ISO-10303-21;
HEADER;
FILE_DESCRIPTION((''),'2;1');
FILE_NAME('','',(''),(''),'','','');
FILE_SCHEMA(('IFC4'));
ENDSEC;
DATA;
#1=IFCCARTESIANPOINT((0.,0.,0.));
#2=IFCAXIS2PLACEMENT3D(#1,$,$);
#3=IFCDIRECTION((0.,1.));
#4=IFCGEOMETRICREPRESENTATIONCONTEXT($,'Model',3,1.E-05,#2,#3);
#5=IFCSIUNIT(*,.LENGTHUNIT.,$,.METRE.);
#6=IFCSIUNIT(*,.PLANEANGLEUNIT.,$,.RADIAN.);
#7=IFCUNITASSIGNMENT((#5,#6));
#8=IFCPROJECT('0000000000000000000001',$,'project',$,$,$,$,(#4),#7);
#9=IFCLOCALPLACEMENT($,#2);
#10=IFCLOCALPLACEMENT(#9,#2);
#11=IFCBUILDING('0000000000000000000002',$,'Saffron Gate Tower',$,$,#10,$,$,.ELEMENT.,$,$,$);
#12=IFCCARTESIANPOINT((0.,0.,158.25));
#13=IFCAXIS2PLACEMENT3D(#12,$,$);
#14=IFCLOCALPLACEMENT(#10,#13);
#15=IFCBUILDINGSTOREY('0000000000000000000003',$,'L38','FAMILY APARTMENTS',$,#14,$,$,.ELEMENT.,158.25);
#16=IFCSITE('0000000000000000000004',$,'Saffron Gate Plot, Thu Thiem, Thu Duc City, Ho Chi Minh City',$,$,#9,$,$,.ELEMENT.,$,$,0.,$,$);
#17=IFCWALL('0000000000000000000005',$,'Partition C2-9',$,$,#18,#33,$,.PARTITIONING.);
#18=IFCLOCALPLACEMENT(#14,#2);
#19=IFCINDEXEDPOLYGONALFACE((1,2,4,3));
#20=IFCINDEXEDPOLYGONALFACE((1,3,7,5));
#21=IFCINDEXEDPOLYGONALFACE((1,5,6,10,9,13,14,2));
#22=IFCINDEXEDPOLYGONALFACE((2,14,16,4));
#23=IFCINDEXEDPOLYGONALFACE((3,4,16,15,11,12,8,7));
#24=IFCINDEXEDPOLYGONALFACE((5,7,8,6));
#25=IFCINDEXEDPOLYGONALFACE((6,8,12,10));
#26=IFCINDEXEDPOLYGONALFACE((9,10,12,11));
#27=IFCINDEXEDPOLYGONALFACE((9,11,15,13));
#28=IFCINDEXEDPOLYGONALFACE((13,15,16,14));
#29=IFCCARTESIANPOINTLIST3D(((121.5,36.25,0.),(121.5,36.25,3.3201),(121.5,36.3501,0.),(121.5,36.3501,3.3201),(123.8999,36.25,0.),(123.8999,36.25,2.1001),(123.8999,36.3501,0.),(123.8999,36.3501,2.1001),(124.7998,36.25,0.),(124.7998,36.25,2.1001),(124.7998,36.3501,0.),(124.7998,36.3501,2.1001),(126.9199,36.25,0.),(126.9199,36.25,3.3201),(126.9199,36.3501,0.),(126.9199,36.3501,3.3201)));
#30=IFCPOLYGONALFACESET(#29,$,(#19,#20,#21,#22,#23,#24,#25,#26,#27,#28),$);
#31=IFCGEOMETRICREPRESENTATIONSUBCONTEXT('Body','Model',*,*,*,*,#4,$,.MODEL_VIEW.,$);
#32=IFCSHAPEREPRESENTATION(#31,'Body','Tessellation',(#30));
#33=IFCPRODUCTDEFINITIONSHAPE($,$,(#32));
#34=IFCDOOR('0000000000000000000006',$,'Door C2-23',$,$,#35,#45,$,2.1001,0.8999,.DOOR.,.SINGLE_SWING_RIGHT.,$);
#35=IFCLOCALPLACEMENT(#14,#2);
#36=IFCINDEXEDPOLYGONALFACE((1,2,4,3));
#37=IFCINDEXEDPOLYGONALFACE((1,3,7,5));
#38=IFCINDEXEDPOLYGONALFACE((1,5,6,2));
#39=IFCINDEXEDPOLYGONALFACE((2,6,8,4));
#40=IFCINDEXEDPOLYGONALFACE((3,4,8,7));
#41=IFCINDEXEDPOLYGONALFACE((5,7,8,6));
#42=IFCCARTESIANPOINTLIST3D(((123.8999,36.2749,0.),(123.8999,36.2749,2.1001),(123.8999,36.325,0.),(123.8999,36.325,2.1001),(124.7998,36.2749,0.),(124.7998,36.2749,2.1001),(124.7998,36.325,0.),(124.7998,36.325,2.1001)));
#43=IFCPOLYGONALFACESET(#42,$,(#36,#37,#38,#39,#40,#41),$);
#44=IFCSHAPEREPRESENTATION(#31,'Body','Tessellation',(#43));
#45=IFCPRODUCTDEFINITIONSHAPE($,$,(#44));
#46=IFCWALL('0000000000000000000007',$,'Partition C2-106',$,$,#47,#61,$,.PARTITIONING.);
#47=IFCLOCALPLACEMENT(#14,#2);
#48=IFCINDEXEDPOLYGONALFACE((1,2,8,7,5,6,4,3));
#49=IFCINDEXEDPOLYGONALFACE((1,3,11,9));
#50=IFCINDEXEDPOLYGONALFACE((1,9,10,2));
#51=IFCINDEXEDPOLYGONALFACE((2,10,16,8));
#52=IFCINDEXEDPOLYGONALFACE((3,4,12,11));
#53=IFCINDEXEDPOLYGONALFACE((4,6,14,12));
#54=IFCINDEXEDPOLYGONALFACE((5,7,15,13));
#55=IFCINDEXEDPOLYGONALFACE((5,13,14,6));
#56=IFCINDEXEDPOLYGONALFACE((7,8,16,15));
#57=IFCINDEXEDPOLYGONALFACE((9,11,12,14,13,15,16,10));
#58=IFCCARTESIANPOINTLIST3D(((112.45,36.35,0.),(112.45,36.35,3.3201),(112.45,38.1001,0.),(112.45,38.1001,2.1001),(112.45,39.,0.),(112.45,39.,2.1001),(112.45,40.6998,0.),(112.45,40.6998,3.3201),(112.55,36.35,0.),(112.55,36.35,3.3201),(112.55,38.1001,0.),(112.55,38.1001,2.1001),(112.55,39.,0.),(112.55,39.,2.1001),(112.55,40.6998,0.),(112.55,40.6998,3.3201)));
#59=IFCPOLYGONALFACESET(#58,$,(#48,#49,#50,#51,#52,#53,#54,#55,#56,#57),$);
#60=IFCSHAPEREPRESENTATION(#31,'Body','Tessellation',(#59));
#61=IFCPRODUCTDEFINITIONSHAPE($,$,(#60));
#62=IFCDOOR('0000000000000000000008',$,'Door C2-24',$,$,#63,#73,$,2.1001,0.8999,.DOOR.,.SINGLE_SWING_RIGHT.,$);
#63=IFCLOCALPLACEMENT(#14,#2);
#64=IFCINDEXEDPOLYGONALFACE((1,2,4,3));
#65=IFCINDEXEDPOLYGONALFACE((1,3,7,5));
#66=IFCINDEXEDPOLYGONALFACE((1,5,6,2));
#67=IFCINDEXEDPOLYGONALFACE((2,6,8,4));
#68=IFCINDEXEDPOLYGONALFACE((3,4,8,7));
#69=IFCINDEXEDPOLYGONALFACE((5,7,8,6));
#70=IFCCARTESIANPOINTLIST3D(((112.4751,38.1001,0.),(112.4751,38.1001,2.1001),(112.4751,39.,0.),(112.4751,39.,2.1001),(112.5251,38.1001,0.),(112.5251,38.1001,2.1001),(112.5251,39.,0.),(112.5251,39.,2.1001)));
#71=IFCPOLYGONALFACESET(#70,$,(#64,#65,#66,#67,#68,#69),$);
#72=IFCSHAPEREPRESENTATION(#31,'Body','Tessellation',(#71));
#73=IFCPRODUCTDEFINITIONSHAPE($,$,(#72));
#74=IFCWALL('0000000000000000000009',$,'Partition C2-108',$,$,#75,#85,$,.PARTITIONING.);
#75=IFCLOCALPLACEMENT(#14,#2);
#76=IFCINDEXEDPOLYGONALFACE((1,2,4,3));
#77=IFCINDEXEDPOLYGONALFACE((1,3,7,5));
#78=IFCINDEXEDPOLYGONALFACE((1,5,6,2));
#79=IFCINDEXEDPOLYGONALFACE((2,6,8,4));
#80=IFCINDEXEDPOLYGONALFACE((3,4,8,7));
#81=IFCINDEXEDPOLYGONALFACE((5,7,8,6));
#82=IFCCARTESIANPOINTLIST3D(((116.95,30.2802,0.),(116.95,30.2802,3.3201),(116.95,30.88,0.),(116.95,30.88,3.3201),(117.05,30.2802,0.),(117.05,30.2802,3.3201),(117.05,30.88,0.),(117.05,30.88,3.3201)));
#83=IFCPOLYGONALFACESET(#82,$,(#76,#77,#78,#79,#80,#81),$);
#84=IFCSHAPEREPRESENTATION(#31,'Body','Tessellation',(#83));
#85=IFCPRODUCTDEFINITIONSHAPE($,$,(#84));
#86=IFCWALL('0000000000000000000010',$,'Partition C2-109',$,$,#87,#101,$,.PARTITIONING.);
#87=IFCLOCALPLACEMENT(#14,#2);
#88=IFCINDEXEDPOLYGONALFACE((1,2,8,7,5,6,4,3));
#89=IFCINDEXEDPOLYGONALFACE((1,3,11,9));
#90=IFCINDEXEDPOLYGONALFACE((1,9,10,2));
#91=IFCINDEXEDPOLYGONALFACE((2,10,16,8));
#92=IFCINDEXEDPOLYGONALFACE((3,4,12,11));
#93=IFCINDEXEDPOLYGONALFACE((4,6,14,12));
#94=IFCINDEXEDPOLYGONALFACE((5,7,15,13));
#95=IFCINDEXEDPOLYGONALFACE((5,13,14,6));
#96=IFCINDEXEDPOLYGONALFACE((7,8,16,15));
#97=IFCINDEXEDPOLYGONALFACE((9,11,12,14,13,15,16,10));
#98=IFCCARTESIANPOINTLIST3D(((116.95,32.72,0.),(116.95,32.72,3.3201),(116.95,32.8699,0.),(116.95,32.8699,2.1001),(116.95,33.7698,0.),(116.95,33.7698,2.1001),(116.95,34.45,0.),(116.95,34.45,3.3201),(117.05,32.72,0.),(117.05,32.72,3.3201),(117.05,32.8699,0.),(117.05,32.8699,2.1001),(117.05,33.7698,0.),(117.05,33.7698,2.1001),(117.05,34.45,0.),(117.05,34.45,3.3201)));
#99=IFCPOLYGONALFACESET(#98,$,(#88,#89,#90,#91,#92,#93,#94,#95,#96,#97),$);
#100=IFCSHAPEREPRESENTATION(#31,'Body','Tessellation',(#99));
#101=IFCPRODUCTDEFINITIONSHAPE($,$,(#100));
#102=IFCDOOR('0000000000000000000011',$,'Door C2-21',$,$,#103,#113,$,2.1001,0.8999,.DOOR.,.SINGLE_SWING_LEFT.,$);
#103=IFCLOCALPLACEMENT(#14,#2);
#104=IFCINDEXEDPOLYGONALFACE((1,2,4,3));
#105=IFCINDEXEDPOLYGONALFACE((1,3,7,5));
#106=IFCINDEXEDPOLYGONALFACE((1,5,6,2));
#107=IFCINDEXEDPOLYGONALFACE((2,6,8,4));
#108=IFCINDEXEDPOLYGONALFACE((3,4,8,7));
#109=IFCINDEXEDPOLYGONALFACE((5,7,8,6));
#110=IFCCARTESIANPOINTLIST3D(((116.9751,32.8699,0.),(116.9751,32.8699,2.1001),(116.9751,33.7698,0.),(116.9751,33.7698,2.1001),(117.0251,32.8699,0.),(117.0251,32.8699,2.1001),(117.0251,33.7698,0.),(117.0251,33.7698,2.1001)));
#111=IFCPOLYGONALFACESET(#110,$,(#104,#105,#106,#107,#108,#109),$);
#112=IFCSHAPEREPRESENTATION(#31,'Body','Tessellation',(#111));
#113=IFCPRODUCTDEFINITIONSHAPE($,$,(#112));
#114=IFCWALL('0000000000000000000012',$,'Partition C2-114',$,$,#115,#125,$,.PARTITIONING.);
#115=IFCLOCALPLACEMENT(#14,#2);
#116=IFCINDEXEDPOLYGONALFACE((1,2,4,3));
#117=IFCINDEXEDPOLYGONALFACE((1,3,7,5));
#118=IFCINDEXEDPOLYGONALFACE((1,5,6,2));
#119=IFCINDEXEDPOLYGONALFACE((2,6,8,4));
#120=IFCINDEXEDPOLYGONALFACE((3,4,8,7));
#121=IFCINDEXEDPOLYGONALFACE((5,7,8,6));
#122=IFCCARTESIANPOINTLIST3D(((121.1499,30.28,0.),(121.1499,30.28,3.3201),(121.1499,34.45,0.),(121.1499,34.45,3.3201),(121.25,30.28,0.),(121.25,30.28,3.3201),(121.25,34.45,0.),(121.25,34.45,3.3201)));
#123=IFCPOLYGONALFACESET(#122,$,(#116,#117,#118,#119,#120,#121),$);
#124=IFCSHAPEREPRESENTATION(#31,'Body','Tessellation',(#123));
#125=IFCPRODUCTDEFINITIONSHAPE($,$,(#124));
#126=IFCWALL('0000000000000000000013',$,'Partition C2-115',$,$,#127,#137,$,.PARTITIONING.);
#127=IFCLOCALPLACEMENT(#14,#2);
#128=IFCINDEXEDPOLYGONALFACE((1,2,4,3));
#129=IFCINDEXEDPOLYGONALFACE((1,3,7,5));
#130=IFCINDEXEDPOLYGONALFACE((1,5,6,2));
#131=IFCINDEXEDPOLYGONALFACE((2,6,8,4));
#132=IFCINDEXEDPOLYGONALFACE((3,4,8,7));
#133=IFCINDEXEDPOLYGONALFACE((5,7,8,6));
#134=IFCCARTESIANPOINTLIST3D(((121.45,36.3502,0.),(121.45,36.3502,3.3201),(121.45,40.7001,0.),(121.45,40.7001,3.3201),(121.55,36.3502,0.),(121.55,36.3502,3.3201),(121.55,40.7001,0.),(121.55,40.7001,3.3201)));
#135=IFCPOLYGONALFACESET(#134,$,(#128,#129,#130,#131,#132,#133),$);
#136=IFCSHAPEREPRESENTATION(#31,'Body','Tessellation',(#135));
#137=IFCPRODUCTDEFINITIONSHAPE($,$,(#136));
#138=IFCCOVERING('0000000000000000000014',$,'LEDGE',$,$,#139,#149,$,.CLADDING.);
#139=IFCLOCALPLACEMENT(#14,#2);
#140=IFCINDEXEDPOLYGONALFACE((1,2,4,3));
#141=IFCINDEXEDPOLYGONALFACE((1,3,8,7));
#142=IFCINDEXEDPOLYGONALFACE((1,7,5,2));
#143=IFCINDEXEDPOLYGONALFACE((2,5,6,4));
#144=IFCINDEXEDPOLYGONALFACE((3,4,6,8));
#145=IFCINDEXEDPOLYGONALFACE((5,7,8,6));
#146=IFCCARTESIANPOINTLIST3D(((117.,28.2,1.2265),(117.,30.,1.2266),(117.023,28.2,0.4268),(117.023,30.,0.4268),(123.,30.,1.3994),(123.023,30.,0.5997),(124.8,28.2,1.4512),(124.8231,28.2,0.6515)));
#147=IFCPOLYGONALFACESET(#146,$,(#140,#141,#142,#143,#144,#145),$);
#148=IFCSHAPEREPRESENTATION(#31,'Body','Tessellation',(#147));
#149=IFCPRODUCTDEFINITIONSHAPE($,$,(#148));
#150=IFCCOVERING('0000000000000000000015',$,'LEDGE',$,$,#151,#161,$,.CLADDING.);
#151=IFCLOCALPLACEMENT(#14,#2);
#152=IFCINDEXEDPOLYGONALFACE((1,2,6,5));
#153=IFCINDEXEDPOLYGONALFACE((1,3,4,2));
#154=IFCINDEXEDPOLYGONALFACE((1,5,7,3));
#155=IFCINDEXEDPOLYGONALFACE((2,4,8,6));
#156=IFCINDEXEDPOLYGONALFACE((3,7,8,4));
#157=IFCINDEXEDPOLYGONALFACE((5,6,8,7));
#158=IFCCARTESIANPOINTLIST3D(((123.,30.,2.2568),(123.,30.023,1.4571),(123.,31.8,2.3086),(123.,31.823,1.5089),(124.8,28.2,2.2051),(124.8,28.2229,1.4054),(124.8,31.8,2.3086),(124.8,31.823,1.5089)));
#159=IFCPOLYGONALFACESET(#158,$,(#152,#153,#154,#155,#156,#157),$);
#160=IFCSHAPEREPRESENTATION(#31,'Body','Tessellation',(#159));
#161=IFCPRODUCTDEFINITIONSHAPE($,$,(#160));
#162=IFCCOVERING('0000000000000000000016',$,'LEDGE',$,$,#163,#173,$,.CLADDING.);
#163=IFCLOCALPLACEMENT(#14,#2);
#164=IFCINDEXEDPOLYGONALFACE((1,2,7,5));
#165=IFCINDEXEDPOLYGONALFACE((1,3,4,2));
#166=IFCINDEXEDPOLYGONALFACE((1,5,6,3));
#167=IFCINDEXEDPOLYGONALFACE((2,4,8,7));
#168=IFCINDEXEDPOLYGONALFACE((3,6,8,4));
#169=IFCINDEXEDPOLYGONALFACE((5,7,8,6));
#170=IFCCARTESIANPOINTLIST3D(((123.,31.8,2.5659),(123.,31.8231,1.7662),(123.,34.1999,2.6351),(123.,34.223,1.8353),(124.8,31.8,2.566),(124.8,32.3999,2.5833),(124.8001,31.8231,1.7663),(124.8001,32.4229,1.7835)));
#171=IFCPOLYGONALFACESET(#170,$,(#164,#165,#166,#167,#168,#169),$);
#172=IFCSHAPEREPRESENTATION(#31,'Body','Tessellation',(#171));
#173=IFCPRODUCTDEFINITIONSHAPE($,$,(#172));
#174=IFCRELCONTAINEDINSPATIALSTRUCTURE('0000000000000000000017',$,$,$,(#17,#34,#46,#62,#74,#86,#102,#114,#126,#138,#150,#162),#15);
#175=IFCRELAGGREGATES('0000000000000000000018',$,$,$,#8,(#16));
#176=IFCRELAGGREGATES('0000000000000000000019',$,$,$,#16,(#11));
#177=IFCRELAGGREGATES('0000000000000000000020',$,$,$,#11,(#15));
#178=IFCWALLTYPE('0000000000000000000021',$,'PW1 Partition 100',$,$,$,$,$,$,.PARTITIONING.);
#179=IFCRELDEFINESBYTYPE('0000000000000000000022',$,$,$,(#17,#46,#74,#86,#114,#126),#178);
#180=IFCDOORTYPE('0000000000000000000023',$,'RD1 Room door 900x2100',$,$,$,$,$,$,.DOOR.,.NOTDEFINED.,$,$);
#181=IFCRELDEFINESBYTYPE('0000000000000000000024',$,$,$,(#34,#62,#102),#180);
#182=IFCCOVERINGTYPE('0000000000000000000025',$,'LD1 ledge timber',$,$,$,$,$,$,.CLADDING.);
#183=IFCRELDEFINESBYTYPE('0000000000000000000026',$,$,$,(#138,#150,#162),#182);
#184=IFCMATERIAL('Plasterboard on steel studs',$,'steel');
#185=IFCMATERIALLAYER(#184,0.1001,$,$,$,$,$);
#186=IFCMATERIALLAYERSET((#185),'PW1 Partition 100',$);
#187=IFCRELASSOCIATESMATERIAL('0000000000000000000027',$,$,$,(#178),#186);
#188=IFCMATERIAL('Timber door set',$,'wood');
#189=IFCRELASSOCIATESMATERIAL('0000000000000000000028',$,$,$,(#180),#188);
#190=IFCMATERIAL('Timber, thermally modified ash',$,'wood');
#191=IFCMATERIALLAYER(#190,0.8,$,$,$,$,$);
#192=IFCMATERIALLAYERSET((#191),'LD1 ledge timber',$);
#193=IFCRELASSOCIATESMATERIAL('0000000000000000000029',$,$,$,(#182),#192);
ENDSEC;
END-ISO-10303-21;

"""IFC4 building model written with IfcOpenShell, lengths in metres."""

from ifc_helpers import new_model, si_unit, direction, frame, frame_2d, origin, place, context, subcontext, project, spatial, polyline, rectangle, outline, extrude, material, layer, layer_set, type_object, element, fill, save


model = new_model("IFC4")

# Units and contexts
model_context = context("Model", 3, precision=1e-05, world=origin(), true_north=direction((0.0, 1.0)))
body_context = subcontext(model_context, "Body", "Model", "MODEL_VIEW")
ifc_project = project(units=[si_unit("LENGTHUNIT", "METRE"), si_unit("PLANEANGLEUNIT", "RADIAN")], contexts=[model_context])

# Site, building, storey
site_placement = place(None, origin())
site = spatial("IfcSite", under=ifc_project, at=site_placement, Name="Saffron Gate Plot, Thu Thiem, Thu Duc City, Ho Chi Minh City", CompositionType="ELEMENT", RefElevation=0.0)
building_placement = place(site_placement, origin())
building = spatial("IfcBuilding", under=site, at=building_placement, Name="Saffron Gate Tower", CompositionType="ELEMENT")
storey_placement = place(building_placement, frame((0.0, 0.0, 158.25)))
storey = spatial("IfcBuildingStorey", under=building, at=storey_placement, Name="L38", Description="FAMILY APARTMENTS", CompositionType="ELEMENT", Elevation=158.25)

# Walls, openings, doors
ifc_material_1 = material(Name="Plasterboard on steel studs", Category="steel")
ifc_layer_1 = layer(ifc_material_1, 0.1001)
ifc_layer_set_1 = layer_set([ifc_layer_1], Name="PW1 Partition 100")
wall_type = type_object("IfcWallType", Name="PW1 Partition 100", PredefinedType="PARTITIONING", material=ifc_layer_set_1)
ifc_material_2 = material(Name="Timber door set", Category="wood")
door_type = type_object("IfcDoorType", Name="RD1 Room door 900x2100", OperationType="NOTDEFINED", PredefinedType="DOOR", material=ifc_material_2)
wall_1_placement = place(storey_placement, frame((121.5, 36.3, 0.0), z_axis=(0.0, 0.0, 1.0), x_axis=(1.0, 0.0, 0.0)))
wall_1 = element("IfcWall", 1, at=wall_1_placement, inside=storey, type_object=wall_type, Name="Partition C2-9", PredefinedType="PARTITIONING", context=body_context, shape_type="SweptSolid", body=[
    extrude(rectangle(XDim=5.4199, YDim=0.1001, at=frame_2d((2.71, 0.0))), origin(), (0.0, 0.0, 1.0), 3.3201),
])
opening_1_placement = place(wall_1_placement, frame((2.3999, 0.0, 0.0)))
opening_1 = element("IfcOpeningElement", 2, at=opening_1_placement, cuts=wall_1, PredefinedType="OPENING", context=body_context, shape_type="SweptSolid", body=[
    extrude(rectangle(XDim=0.8999, YDim=2.1001, at=frame_2d((0.45, 1.05))), frame((0.0, 0.0601, 0.0), z_axis=(0.0, -1.0, 0.0), x_axis=(1.0, 0.0, 0.0)), (0.0, 0.0, 1.0), 0.1201),
])
door_1_placement = place(opening_1_placement, origin())
door_1 = element("IfcDoor", 3, at=door_1_placement, inside=storey, type_object=door_type, Name="Door C2-23", OperationType="SINGLE_SWING_RIGHT", OverallHeight=2.1001, OverallWidth=0.8999, PredefinedType="DOOR", context=body_context, shape_type="SweptSolid", body=[
    extrude(rectangle(XDim=0.8999, YDim=2.1001, at=frame_2d((0.45, 1.05))), frame((0.0, 0.0249, 0.0), z_axis=(0.0, -1.0, 0.0), x_axis=(1.0, 0.0, 0.0)), (0.0, 0.0, 1.0), 0.05),
])
fill(opening_1, door_1)
wall_2_placement = place(storey_placement, frame((112.5, 36.3501, 0.0), z_axis=(0.0, 0.0, 1.0), x_axis=(0.0, 1.0, 0.0)))
wall_2 = element("IfcWall", 4, at=wall_2_placement, inside=storey, type_object=wall_type, Name="Partition C2-106", PredefinedType="PARTITIONING", context=body_context, shape_type="SweptSolid", body=[
    extrude(rectangle(XDim=4.3499, YDim=0.1001, at=frame_2d((2.1748, 0.0))), origin(), (0.0, 0.0, 1.0), 3.3201),
])
opening_2_placement = place(wall_2_placement, frame((1.75, 0.0, 0.0)))
opening_2 = element("IfcOpeningElement", 5, at=opening_2_placement, cuts=wall_2, PredefinedType="OPENING", context=body_context, shape_type="SweptSolid", body=[
    extrude(rectangle(XDim=0.8999, YDim=2.1001, at=frame_2d((0.45, 1.05))), frame((0.0, 0.0601, 0.0), z_axis=(0.0, -1.0, 0.0), x_axis=(1.0, 0.0, 0.0)), (0.0, 0.0, 1.0), 0.1201),
])
door_2_placement = place(opening_2_placement, origin())
door_2 = element("IfcDoor", 6, at=door_2_placement, inside=storey, type_object=door_type, Name="Door C2-24", OperationType="SINGLE_SWING_RIGHT", OverallHeight=2.1001, OverallWidth=0.8999, PredefinedType="DOOR", context=body_context, shape_type="SweptSolid", body=[
    extrude(rectangle(XDim=0.8999, YDim=2.1001, at=frame_2d((0.45, 1.05))), frame((0.0, 0.0249, 0.0), z_axis=(0.0, -1.0, 0.0), x_axis=(1.0, 0.0, 0.0)), (0.0, 0.0, 1.0), 0.05),
])
fill(opening_2, door_2)

# Wall
wall_3_placement = place(storey_placement, frame((117.0, 30.8799, 0.0), z_axis=(0.0, 0.0, 1.0), x_axis=(0.0, -1.0, 0.0)))
element("IfcWall", 7, at=wall_3_placement, inside=storey, type_object=wall_type, Name="Partition C2-108", PredefinedType="PARTITIONING", context=body_context, shape_type="SweptSolid", body=[
    extrude(rectangle(XDim=0.5999, YDim=0.1001, at=frame_2d((0.2998, 0.0))), origin(), (0.0, 0.0, 1.0), 3.3201),
])

# Wall, opening, door
wall_4_placement = place(storey_placement, frame((117.0, 32.72, 0.0), z_axis=(0.0, 0.0, 1.0), x_axis=(0.0, 1.0, 0.0)))
wall_4 = element("IfcWall", 8, at=wall_4_placement, inside=storey, type_object=wall_type, Name="Partition C2-109", PredefinedType="PARTITIONING", context=body_context, shape_type="SweptSolid", body=[
    extrude(rectangle(XDim=1.73, YDim=0.1001, at=frame_2d((0.865, 0.0))), origin(), (0.0, 0.0, 1.0), 3.3201),
])
opening_3_placement = place(wall_4_placement, frame((0.1499, 0.0, 0.0)))
opening_3 = element("IfcOpeningElement", 9, at=opening_3_placement, cuts=wall_4, PredefinedType="OPENING", context=body_context, shape_type="SweptSolid", body=[
    extrude(rectangle(XDim=0.8999, YDim=2.1001, at=frame_2d((0.45, 1.05))), frame((0.0, 0.0601, 0.0), z_axis=(0.0, -1.0, 0.0), x_axis=(1.0, 0.0, 0.0)), (0.0, 0.0, 1.0), 0.1201),
])
door_3_placement = place(opening_3_placement, origin())
door_3 = element("IfcDoor", 10, at=door_3_placement, inside=storey, type_object=door_type, Name="Door C2-21", OperationType="SINGLE_SWING_LEFT", OverallHeight=2.1001, OverallWidth=0.8999, PredefinedType="DOOR", context=body_context, shape_type="SweptSolid", body=[
    extrude(rectangle(XDim=0.8999, YDim=2.1001, at=frame_2d((0.45, 1.05))), frame((0.0, 0.0249, 0.0), z_axis=(0.0, -1.0, 0.0), x_axis=(1.0, 0.0, 0.0)), (0.0, 0.0, 1.0), 0.05),
])
fill(opening_3, door_3)

# Walls
wall_5_placement = place(storey_placement, frame((121.2, 34.45, 0.0), z_axis=(0.0, 0.0, 1.0), x_axis=(0.0, -1.0, 0.0)))
element("IfcWall", 11, at=wall_5_placement, inside=storey, type_object=wall_type, Name="Partition C2-114", PredefinedType="PARTITIONING", context=body_context, shape_type="SweptSolid", body=[
    extrude(rectangle(XDim=4.1699, YDim=0.1001, at=frame_2d((2.085, 0.0))), origin(), (0.0, 0.0, 1.0), 3.3201),
])
wall_6_placement = place(storey_placement, frame((121.5, 40.7, 0.0), z_axis=(0.0, 0.0, 1.0), x_axis=(0.0, -1.0, 0.0)))
element("IfcWall", 12, at=wall_6_placement, inside=storey, type_object=wall_type, Name="Partition C2-115", PredefinedType="PARTITIONING", context=body_context, shape_type="SweptSolid", body=[
    extrude(rectangle(XDim=4.3499, YDim=0.1001, at=frame_2d((2.1748, 0.0))), origin(), (0.0, 0.0, 1.0), 3.3201),
])

# Coverings
ifc_material_3 = material(Name="Timber, thermally modified ash", Category="wood")
ifc_layer_2 = layer(ifc_material_3, 0.8)
ifc_layer_set_2 = layer_set([ifc_layer_2], Name="LD1 ledge timber")
covering_type_1 = type_object("IfcCoveringType", Name="LD1 ledge timber", PredefinedType="CLADDING", material=ifc_layer_set_2)
covering_1_placement = place(storey_placement, frame((117.0, 30.0, 1.2266), z_axis=(-0.028789, -0.000024, 0.999585), x_axis=(0.999585, 0.0, 0.028789)))
element("IfcCovering", 13, at=covering_1_placement, inside=storey, type_object=covering_type_1, Name="LEDGE", PredefinedType="CLADDING", context=body_context, shape_type="SweptSolid", body=[
    extrude(outline(polyline([(0.0, 0.0), (6.0025, 0.0), (7.8033, -1.8), (0.0, -1.8), (0.0, 0.0)])), origin(), (0.0, 0.0, -1.0), 0.8),
])
covering_2_placement = place(storey_placement, frame((123.0, 30.0, 2.2568), z_axis=(0.0, -0.028742, 0.999587), x_axis=(0.0, 0.999587, 0.028742)))
element("IfcCovering", 14, at=covering_2_placement, inside=storey, type_object=covering_type_1, Name="LEDGE", PredefinedType="CLADDING", context=body_context, shape_type="SweptSolid", body=[
    extrude(outline(polyline([(0.0, 0.0), (1.8008, 0.0), (1.8008, -1.8), (-1.8008, -1.8), (0.0, 0.0)])), origin(), (0.0, 0.0, -1.0), 0.8),
])
covering_3_placement = place(storey_placement, frame((123.0, 31.8, 2.5659), z_axis=(-0.000029, -0.028799, 0.999585), x_axis=(0.0, 0.999585, 0.028799)))
element("IfcCovering", 15, at=covering_3_placement, inside=storey, type_object=covering_type_1, Name="LEDGE", PredefinedType="CLADDING", context=body_context, shape_type="SweptSolid", body=[
    extrude(outline(polyline([(0.0, 0.0), (2.4009, 0.0), (0.6001, -1.8), (0.0, -1.8), (0.0, 0.0)])), origin(), (0.0, 0.0, -1.0), 0.8),
])

save(model, "model.ifc")
